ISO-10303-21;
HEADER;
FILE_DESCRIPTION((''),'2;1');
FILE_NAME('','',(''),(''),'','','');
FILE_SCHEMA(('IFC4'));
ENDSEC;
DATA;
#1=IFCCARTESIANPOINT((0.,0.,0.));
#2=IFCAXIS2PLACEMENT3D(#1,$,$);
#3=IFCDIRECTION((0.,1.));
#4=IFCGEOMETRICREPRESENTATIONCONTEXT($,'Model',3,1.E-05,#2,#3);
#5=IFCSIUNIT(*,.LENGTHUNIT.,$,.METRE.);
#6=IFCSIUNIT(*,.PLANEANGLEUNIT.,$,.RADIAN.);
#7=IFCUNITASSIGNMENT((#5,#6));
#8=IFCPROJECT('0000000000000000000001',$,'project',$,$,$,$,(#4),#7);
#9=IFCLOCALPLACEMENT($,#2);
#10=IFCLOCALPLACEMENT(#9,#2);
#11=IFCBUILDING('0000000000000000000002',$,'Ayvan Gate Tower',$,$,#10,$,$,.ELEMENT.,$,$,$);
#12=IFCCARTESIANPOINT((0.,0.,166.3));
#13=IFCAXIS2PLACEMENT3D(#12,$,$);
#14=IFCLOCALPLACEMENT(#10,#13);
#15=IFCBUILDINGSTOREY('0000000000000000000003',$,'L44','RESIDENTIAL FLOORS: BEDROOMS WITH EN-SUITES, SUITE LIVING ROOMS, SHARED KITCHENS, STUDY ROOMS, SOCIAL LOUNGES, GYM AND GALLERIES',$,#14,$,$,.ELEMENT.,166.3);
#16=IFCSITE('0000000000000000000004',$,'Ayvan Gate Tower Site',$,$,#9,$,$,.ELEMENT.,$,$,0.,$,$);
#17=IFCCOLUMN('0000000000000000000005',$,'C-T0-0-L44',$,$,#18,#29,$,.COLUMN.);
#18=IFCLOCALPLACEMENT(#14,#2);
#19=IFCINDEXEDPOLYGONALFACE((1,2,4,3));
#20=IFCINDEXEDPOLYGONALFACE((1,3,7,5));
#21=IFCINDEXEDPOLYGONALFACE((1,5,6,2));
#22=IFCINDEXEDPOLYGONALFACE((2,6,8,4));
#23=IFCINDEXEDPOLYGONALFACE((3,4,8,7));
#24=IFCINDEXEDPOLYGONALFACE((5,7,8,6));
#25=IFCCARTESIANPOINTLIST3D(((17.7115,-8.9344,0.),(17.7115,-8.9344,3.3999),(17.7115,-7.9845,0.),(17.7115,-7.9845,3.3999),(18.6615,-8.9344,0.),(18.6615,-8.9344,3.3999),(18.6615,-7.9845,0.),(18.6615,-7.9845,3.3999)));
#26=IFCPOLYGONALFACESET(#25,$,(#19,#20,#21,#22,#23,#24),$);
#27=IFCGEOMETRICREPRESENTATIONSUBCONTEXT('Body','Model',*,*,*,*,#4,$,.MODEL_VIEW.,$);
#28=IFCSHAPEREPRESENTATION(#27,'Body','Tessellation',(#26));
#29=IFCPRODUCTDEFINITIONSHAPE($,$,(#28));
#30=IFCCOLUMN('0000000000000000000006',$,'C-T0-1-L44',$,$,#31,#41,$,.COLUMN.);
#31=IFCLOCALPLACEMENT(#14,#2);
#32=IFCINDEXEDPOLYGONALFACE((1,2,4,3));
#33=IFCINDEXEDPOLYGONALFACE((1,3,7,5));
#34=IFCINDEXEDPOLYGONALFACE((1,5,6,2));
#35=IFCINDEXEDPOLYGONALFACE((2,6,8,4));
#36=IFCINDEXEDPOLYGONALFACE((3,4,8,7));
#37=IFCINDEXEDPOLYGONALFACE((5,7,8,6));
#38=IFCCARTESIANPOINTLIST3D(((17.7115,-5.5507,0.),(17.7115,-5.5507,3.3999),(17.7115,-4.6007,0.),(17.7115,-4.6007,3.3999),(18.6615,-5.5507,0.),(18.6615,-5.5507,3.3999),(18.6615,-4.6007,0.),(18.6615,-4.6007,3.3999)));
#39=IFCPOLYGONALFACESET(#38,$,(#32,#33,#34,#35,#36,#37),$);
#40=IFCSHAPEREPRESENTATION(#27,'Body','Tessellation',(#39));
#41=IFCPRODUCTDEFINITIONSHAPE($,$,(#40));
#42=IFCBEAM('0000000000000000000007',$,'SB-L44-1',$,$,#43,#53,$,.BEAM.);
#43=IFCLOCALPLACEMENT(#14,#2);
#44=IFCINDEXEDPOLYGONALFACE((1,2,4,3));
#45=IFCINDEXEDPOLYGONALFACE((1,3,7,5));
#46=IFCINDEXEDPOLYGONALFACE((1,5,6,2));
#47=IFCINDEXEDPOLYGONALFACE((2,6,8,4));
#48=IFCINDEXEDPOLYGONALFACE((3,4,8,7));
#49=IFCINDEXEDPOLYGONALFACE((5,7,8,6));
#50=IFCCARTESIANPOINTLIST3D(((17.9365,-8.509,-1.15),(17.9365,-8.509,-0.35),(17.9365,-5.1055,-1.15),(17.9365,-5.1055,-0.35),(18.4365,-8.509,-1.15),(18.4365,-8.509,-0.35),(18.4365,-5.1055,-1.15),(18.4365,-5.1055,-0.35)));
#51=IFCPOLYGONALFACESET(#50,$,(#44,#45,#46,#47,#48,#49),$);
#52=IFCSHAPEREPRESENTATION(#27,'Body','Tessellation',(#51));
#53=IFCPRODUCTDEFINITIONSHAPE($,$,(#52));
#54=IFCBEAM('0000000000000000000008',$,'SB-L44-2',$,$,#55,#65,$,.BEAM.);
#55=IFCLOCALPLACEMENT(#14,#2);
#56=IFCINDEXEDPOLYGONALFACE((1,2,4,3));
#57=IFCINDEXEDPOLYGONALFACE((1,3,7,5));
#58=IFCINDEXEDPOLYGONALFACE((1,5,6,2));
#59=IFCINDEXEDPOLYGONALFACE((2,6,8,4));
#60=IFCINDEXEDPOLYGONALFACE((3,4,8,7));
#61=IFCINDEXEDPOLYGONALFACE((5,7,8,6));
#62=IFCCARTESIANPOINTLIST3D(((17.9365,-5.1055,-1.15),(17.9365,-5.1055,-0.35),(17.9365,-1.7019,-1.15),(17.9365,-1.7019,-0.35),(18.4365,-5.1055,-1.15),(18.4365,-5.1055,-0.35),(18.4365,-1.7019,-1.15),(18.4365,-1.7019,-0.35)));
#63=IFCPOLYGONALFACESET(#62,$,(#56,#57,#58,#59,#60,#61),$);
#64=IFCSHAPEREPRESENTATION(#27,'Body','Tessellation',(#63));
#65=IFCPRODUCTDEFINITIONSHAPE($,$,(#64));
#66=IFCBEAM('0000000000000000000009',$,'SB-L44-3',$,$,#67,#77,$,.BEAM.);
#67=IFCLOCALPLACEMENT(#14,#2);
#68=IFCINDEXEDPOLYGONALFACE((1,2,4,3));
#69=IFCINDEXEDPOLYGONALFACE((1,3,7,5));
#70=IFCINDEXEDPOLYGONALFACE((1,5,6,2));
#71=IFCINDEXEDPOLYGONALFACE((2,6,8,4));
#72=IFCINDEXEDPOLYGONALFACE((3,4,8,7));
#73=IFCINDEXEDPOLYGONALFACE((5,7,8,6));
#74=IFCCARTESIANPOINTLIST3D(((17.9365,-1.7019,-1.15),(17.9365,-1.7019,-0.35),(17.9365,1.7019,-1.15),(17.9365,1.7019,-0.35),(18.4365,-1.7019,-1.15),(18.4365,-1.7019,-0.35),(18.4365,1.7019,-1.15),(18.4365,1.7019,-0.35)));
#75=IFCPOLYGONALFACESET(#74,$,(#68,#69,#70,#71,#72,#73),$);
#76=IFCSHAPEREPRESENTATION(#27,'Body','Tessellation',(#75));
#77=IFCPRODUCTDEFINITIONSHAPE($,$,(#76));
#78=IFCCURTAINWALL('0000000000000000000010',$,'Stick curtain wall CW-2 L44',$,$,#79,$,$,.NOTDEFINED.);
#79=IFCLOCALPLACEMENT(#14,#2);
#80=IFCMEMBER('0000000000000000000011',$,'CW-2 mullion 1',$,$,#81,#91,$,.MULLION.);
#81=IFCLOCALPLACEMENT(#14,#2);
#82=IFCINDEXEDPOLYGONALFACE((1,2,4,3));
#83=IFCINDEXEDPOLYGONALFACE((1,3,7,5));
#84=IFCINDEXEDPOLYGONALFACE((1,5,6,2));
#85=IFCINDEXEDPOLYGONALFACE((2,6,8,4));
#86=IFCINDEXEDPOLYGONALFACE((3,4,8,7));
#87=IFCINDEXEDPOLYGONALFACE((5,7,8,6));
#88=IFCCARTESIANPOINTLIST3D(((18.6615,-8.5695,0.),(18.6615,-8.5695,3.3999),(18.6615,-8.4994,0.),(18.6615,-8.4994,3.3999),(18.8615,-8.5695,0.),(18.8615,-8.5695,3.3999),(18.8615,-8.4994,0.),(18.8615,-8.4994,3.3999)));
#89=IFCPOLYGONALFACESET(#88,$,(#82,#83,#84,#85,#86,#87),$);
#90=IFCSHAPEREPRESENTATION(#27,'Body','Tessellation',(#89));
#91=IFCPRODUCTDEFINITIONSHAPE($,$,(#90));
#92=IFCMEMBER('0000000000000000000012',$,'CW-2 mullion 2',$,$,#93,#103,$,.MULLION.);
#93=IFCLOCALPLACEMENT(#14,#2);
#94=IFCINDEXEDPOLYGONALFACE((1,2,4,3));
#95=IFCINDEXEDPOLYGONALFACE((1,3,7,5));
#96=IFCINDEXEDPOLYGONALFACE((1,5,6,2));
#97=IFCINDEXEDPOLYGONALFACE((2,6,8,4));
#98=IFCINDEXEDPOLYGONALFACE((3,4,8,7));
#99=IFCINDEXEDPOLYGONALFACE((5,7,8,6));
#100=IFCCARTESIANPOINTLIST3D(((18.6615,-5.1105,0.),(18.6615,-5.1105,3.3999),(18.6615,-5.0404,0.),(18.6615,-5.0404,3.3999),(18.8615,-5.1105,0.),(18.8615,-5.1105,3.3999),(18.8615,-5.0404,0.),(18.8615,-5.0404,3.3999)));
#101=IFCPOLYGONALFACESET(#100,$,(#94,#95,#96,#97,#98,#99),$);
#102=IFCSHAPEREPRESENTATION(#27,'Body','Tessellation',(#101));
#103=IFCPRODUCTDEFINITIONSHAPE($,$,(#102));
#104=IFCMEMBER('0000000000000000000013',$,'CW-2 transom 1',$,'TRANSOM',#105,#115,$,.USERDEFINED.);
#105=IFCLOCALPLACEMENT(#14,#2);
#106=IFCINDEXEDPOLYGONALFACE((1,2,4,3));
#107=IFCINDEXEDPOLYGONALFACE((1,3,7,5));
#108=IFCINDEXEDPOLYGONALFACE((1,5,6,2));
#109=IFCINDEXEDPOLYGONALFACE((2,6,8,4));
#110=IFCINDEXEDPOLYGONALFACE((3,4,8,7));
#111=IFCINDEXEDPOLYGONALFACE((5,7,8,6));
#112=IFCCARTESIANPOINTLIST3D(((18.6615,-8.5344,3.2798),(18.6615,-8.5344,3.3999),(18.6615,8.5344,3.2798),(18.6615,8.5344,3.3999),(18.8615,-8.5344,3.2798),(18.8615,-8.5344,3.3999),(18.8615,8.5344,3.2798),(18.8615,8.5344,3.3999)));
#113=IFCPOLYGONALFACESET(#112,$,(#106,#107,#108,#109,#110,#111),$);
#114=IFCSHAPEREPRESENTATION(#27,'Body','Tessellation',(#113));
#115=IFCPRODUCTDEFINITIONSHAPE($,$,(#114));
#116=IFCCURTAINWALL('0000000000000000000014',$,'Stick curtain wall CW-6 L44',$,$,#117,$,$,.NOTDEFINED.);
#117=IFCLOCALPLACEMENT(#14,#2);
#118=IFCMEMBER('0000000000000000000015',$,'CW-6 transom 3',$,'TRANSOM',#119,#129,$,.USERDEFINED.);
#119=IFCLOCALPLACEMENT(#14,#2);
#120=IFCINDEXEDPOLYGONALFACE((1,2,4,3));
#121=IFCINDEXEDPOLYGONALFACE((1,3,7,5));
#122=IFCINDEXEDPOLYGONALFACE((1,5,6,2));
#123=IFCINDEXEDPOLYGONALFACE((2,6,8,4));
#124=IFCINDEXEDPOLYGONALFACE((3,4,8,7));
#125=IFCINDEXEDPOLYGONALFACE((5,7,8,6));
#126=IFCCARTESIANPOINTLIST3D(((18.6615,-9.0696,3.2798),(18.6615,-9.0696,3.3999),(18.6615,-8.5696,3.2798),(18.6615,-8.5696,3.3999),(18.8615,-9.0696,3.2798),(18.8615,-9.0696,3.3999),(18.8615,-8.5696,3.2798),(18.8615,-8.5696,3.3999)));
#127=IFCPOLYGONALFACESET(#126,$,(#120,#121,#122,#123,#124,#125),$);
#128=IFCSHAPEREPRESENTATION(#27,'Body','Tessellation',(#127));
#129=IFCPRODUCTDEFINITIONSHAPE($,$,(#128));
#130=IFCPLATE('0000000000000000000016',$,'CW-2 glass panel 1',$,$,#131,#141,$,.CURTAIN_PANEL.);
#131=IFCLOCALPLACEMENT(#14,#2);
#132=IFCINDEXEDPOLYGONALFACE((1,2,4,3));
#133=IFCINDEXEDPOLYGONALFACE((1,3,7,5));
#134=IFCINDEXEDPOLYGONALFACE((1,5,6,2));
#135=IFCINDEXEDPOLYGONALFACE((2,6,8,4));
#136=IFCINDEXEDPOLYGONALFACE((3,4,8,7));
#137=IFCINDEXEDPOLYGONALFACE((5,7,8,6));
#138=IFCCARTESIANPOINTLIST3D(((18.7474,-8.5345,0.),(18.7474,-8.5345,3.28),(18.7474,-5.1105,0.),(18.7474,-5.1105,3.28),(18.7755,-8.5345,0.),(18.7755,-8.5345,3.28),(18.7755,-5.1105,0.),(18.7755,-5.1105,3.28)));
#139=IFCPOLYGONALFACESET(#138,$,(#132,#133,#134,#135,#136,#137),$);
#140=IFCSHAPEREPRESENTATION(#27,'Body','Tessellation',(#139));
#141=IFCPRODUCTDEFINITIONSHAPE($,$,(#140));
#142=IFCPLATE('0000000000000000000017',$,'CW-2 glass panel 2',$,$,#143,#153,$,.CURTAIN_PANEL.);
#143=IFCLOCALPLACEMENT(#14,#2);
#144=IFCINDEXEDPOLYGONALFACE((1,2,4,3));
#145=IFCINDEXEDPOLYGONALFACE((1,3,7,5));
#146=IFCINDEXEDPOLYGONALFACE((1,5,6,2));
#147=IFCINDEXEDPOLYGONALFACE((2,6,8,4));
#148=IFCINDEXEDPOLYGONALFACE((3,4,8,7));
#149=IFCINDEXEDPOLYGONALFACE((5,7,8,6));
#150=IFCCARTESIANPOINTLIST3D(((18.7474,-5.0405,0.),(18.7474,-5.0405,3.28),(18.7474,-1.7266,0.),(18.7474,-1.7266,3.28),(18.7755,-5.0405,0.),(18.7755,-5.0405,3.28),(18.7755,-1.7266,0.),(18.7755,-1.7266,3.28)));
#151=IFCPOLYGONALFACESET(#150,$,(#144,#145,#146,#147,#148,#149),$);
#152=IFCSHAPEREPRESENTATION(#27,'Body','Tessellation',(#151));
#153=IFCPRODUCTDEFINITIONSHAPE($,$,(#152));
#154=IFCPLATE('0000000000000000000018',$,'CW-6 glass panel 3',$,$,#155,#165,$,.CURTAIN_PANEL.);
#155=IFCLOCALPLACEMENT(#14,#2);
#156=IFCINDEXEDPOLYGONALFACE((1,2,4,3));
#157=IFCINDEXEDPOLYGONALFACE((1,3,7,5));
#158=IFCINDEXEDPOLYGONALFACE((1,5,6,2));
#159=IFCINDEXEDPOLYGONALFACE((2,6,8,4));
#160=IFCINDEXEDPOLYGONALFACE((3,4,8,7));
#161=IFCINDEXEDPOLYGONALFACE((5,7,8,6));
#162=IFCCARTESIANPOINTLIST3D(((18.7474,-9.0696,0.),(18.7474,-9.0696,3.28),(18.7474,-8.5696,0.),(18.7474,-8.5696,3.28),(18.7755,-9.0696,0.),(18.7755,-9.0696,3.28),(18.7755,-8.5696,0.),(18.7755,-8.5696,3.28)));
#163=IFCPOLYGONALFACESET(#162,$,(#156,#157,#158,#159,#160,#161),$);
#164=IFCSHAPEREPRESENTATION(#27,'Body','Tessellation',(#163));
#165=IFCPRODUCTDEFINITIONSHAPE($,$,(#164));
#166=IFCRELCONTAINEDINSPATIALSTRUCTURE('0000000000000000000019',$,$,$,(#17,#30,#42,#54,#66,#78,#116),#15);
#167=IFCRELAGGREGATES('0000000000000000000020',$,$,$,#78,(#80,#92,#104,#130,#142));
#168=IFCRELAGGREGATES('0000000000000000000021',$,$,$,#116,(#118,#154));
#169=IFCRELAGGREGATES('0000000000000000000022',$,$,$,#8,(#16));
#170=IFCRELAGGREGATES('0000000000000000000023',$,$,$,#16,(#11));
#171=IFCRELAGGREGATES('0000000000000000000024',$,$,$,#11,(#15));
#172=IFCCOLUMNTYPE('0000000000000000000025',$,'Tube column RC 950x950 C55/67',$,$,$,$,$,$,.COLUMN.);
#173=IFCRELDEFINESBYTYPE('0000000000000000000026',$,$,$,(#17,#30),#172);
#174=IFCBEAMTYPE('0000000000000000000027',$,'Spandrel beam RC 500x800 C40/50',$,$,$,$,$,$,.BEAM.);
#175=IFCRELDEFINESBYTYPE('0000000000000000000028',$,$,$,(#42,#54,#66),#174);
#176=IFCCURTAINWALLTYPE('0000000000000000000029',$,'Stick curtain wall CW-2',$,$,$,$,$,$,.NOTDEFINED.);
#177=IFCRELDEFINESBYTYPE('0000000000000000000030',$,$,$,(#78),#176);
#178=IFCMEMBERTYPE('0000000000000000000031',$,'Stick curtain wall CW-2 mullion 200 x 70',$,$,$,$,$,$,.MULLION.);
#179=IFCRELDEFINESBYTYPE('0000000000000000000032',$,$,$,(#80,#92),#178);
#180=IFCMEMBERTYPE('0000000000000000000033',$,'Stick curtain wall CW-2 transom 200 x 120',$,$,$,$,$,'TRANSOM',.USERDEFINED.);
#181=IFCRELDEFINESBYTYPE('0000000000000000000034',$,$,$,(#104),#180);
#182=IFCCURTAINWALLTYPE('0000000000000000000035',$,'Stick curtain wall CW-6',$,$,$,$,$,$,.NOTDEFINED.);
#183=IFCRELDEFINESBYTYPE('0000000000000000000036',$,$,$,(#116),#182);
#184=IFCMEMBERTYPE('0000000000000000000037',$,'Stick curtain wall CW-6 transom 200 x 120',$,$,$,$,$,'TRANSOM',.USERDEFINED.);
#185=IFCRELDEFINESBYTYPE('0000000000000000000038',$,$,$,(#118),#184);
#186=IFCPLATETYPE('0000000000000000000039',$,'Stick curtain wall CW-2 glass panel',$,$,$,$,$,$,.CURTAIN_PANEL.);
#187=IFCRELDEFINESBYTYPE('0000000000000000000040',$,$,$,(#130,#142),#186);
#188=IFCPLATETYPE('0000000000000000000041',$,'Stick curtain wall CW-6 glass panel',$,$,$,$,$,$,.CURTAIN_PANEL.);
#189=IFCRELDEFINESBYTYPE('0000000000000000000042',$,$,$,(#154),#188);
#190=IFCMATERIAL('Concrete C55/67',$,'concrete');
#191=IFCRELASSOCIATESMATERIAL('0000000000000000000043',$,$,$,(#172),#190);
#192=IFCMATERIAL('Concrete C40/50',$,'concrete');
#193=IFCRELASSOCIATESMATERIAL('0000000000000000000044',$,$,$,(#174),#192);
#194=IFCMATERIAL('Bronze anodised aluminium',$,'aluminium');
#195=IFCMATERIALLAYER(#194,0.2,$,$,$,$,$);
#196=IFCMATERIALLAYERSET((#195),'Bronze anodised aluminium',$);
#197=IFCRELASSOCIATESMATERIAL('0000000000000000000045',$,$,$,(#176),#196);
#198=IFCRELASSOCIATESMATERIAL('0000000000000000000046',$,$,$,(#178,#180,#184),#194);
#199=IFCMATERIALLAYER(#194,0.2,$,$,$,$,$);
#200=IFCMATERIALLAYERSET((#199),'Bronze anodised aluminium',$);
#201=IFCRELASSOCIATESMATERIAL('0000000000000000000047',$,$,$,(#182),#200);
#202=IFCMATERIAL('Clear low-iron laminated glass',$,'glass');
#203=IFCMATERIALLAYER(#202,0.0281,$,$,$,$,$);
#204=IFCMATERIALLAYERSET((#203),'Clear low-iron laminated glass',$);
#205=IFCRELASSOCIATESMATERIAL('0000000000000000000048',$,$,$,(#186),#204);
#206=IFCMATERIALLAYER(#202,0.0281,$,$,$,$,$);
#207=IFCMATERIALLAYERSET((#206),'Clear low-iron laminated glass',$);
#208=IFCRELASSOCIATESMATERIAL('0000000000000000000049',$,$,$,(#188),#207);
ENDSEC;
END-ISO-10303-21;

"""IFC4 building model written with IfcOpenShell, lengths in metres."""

from ifc_helpers import new_model, si_unit, direction, frame, origin, origin_2d, place, context, subcontext, project, spatial, rectangle, extrude, material, layer, layer_set, material_profile, profile_set, type_object, element, aggregate, save


model = new_model("IFC4")

# Units and contexts
model_context = context("Model", 3, precision=1e-05, world=origin(), true_north=direction((0.0, 1.0)))
body_context = subcontext(model_context, "Body", "Model", "MODEL_VIEW")
ifc_project = project(units=[si_unit("LENGTHUNIT", "METRE"), si_unit("PLANEANGLEUNIT", "RADIAN")], contexts=[model_context])

# Site, building, storey
site_placement = place(None, origin())
site = spatial("IfcSite", under=ifc_project, at=site_placement, Name="Ayvan Gate Tower Site", CompositionType="ELEMENT", RefElevation=0.0)
building_placement = place(site_placement, origin())
building = spatial("IfcBuilding", under=site, at=building_placement, Name="Ayvan Gate Tower", CompositionType="ELEMENT")
storey_placement = place(building_placement, frame((0.0, 0.0, 166.3)))
storey = spatial("IfcBuildingStorey", under=building, at=storey_placement, Name="L44", Description="RESIDENTIAL FLOORS: BEDROOMS WITH EN-SUITES, SUITE LIVING ROOMS, SHARED KITCHENS, STUDY ROOMS, SOCIAL LOUNGES, GYM AND GALLERIES", CompositionType="ELEMENT", Elevation=166.3)

# Columns
ifc_material_1 = material(Name="Concrete C55/67", Category="concrete")
ifc_material_profile_1 = material_profile(ifc_material_1, rectangle(XDim=0.95, YDim=0.95, at=origin_2d()), Name="RC 950x950")
ifc_profile_set_1 = profile_set([ifc_material_profile_1], Name="Concrete C55/67")
column_type = type_object("IfcColumnType", Name="Tube column RC 950x950 C55/67", PredefinedType="COLUMN", material=ifc_profile_set_1)
for number, where, z_axis, x_axis, name in (
    (1, (18.1865, -8.4595, 0.0), (0.0, 0.0, 1.0), (1.0, 0.0, 0.0), "C-T0-0-L44"),
    (2, (18.1865, -5.0757, 0.0), (0.0, 0.0, 1.0), (1.0, 0.0, 0.0), "C-T0-1-L44"),
):
    element("IfcColumn", number, at=place(storey_placement, frame(where, z_axis=z_axis, x_axis=x_axis)), inside=storey, type_object=column_type, Name=name, PredefinedType="COLUMN", context=body_context, shape_type="SweptSolid", body=[
        extrude(rectangle(XDim=0.95, YDim=0.95, at=origin_2d()), origin(), (0.0, 0.0, 1.0), 3.3999),
    ])

# Beams
ifc_material_2 = material(Name="Concrete C40/50", Category="concrete")
ifc_material_profile_2 = material_profile(ifc_material_2, rectangle(XDim=0.5, YDim=0.8, at=origin_2d()), Name="RC 500x800")
ifc_profile_set_2 = profile_set([ifc_material_profile_2], Name="Concrete C40/50")
beam_type = type_object("IfcBeamType", Name="Spandrel beam RC 500x800 C40/50", PredefinedType="BEAM", material=ifc_profile_set_2)
for number, where, z_axis, x_axis, name in (
    (3, (18.1865, -8.509, -0.75), (0.0, 1.0, 0.0), (-1.0, 0.0, 0.0), "SB-L44-1"),
    (4, (18.1865, -5.1055, -0.75), (0.0, 1.0, 0.0), (-1.0, 0.0, 0.0), "SB-L44-2"),
):
    element("IfcBeam", number, at=place(storey_placement, frame(where, z_axis=z_axis, x_axis=x_axis)), inside=storey, type_object=beam_type, Name=name, PredefinedType="BEAM", context=body_context, shape_type="SweptSolid", body=[
        extrude(rectangle(XDim=0.5, YDim=0.8, at=origin_2d()), origin(), (0.0, 0.0, 1.0), 3.4036),
    ])
beam_placement = place(storey_placement, frame((18.1865, -1.7019, -0.75), z_axis=(0.0, 1.0, 0.0), x_axis=(-1.0, 0.0, 0.0)))
element("IfcBeam", 5, at=beam_placement, inside=storey, type_object=beam_type, Name="SB-L44-3", PredefinedType="BEAM", context=body_context, shape_type="SweptSolid", body=[
    extrude(rectangle(XDim=0.5, YDim=0.8, at=origin_2d()), origin(), (0.0, 0.0, 1.0), 3.4038),
])

# Curtain wall, members
ifc_material_3 = material(Name="Bronze anodised aluminium", Category="aluminium")
ifc_layer_1 = layer(ifc_material_3, 0.2)
ifc_layer_set_1 = layer_set([ifc_layer_1], Name="Bronze anodised aluminium")
curtain_wall_type_1 = type_object("IfcCurtainWallType", Name="Stick curtain wall CW-2", PredefinedType="NOTDEFINED", material=ifc_layer_set_1)
curtain_wall_1_placement = place(storey_placement, origin())
curtain_wall_1 = element("IfcCurtainWall", 6, at=curtain_wall_1_placement, inside=storey, type_object=curtain_wall_type_1, Name="Stick curtain wall CW-2 L44", PredefinedType="NOTDEFINED")
ifc_material_profile_3 = material_profile(ifc_material_3, rectangle(XDim=0.2, YDim=0.0701, at=origin_2d()), Name="Stick curtain wall CW-2 mullion 200 x 70")
ifc_profile_set_3 = profile_set([ifc_material_profile_3], Name="Bronze anodised aluminium")
member_type_1 = type_object("IfcMemberType", Name="Stick curtain wall CW-2 mullion 200 x 70", PredefinedType="MULLION", material=ifc_profile_set_3)
member_1_placement = place(storey_placement, frame((18.7615, -8.5344, 0.0), z_axis=(0.0, 0.0, 1.0), x_axis=(1.0, 0.0, 0.0)))
member_1 = element("IfcMember", 7, at=member_1_placement, type_object=member_type_1, Name="CW-2 mullion 1", PredefinedType="MULLION", context=body_context, shape_type="SweptSolid", body=[
    extrude(rectangle(XDim=0.2, YDim=0.0701, at=origin_2d()), origin(), (0.0, 0.0, 1.0), 3.3999),
])
member_2_placement = place(storey_placement, frame((18.7615, -5.0754, 0.0), z_axis=(0.0, 0.0, 1.0), x_axis=(1.0, 0.0, 0.0)))
member_2 = element("IfcMember", 8, at=member_2_placement, type_object=member_type_1, Name="CW-2 mullion 2", PredefinedType="MULLION", context=body_context, shape_type="SweptSolid", body=[
    extrude(rectangle(XDim=0.2, YDim=0.0701, at=origin_2d()), origin(), (0.0, 0.0, 1.0), 3.3999),
])
ifc_material_profile_4 = material_profile(ifc_material_3, rectangle(XDim=0.2, YDim=0.1201, at=origin_2d()), Name="Stick curtain wall CW-2 transom 200 x 120")
ifc_profile_set_4 = profile_set([ifc_material_profile_4], Name="Bronze anodised aluminium")
member_type_2 = type_object("IfcMemberType", Name="Stick curtain wall CW-2 transom 200 x 120", ElementType="TRANSOM", PredefinedType="USERDEFINED", material=ifc_profile_set_4)
member_3_placement = place(storey_placement, frame((18.7615, -8.5344, 3.3398), z_axis=(0.0, 1.0, 0.0), x_axis=(-1.0, 0.0, 0.0)))
member_3 = element("IfcMember", 9, at=member_3_placement, type_object=member_type_2, Name="CW-2 transom 1", ObjectType="TRANSOM", PredefinedType="USERDEFINED", context=body_context, shape_type="SweptSolid", body=[
    extrude(rectangle(XDim=0.2, YDim=0.1201, at=origin_2d()), origin(), (0.0, 0.0, 1.0), 17.0688),
])

# Curtain wall, member
ifc_layer_2 = layer(ifc_material_3, 0.2)
ifc_layer_set_2 = layer_set([ifc_layer_2], Name="Bronze anodised aluminium")
curtain_wall_type_2 = type_object("IfcCurtainWallType", Name="Stick curtain wall CW-6", PredefinedType="NOTDEFINED", material=ifc_layer_set_2)
curtain_wall_2_placement = place(storey_placement, origin())
curtain_wall_2 = element("IfcCurtainWall", 10, at=curtain_wall_2_placement, inside=storey, type_object=curtain_wall_type_2, Name="Stick curtain wall CW-6 L44", PredefinedType="NOTDEFINED")
ifc_material_profile_5 = material_profile(ifc_material_3, rectangle(XDim=0.2, YDim=0.1201, at=origin_2d()), Name="Stick curtain wall CW-6 transom 200 x 120")
ifc_profile_set_5 = profile_set([ifc_material_profile_5], Name="Bronze anodised aluminium")
member_type_3 = type_object("IfcMemberType", Name="Stick curtain wall CW-6 transom 200 x 120", ElementType="TRANSOM", PredefinedType="USERDEFINED", material=ifc_profile_set_5)
member_4_placement = place(storey_placement, frame((18.7615, -9.0696, 3.3398), z_axis=(0.0, 1.0, 0.0), x_axis=(-1.0, 0.0, 0.0)))
member_4 = element("IfcMember", 11, at=member_4_placement, type_object=member_type_3, Name="CW-6 transom 3", ObjectType="TRANSOM", PredefinedType="USERDEFINED", context=body_context, shape_type="SweptSolid", body=[
    extrude(rectangle(XDim=0.2, YDim=0.1201, at=origin_2d()), origin(), (0.0, 0.0, 1.0), 0.5),
])

# Plates
ifc_material_4 = material(Name="Clear low-iron laminated glass", Category="glass")
ifc_layer_3 = layer(ifc_material_4, 0.0281)
ifc_layer_set_3 = layer_set([ifc_layer_3], Name="Clear low-iron laminated glass")
plate_type_1 = type_object("IfcPlateType", Name="Stick curtain wall CW-2 glass panel", PredefinedType="CURTAIN_PANEL", material=ifc_layer_set_3)
plate_1_placement = place(storey_placement, frame((18.7615, -6.8225, 0.0), z_axis=(0.0, 0.0, 1.0), x_axis=(0.0, 1.0, 0.0)))
plate_1 = element("IfcPlate", 12, at=plate_1_placement, type_object=plate_type_1, Name="CW-2 glass panel 1", PredefinedType="CURTAIN_PANEL", context=body_context, shape_type="SweptSolid", body=[
    extrude(rectangle(XDim=3.4241, YDim=0.0281, at=origin_2d()), origin(), (0.0, 0.0, 1.0), 3.28),
])
plate_2_placement = place(storey_placement, frame((18.7615, -3.3835, 0.0), z_axis=(0.0, 0.0, 1.0), x_axis=(0.0, 1.0, 0.0)))
plate_2 = element("IfcPlate", 13, at=plate_2_placement, type_object=plate_type_1, Name="CW-2 glass panel 2", PredefinedType="CURTAIN_PANEL", context=body_context, shape_type="SweptSolid", body=[
    extrude(rectangle(XDim=3.314, YDim=0.0281, at=origin_2d()), origin(), (0.0, 0.0, 1.0), 3.28),
])
aggregate(curtain_wall_1, [member_1, member_2, member_3, plate_1, plate_2])
ifc_layer_4 = layer(ifc_material_4, 0.0281)
ifc_layer_set_4 = layer_set([ifc_layer_4], Name="Clear low-iron laminated glass")
plate_type_2 = type_object("IfcPlateType", Name="Stick curtain wall CW-6 glass panel", PredefinedType="CURTAIN_PANEL", material=ifc_layer_set_4)
plate_3_placement = place(storey_placement, frame((18.7615, -8.8196, 0.0), z_axis=(0.0, 0.0, 1.0), x_axis=(0.0, 1.0, 0.0)))
plate_3 = element("IfcPlate", 14, at=plate_3_placement, type_object=plate_type_2, Name="CW-6 glass panel 3", PredefinedType="CURTAIN_PANEL", context=body_context, shape_type="SweptSolid", body=[
    extrude(rectangle(XDim=0.5, YDim=0.0281, at=origin_2d()), origin(), (0.0, 0.0, 1.0), 3.28),
])
aggregate(curtain_wall_2, [member_4, plate_3])

save(model, "model.ifc")
